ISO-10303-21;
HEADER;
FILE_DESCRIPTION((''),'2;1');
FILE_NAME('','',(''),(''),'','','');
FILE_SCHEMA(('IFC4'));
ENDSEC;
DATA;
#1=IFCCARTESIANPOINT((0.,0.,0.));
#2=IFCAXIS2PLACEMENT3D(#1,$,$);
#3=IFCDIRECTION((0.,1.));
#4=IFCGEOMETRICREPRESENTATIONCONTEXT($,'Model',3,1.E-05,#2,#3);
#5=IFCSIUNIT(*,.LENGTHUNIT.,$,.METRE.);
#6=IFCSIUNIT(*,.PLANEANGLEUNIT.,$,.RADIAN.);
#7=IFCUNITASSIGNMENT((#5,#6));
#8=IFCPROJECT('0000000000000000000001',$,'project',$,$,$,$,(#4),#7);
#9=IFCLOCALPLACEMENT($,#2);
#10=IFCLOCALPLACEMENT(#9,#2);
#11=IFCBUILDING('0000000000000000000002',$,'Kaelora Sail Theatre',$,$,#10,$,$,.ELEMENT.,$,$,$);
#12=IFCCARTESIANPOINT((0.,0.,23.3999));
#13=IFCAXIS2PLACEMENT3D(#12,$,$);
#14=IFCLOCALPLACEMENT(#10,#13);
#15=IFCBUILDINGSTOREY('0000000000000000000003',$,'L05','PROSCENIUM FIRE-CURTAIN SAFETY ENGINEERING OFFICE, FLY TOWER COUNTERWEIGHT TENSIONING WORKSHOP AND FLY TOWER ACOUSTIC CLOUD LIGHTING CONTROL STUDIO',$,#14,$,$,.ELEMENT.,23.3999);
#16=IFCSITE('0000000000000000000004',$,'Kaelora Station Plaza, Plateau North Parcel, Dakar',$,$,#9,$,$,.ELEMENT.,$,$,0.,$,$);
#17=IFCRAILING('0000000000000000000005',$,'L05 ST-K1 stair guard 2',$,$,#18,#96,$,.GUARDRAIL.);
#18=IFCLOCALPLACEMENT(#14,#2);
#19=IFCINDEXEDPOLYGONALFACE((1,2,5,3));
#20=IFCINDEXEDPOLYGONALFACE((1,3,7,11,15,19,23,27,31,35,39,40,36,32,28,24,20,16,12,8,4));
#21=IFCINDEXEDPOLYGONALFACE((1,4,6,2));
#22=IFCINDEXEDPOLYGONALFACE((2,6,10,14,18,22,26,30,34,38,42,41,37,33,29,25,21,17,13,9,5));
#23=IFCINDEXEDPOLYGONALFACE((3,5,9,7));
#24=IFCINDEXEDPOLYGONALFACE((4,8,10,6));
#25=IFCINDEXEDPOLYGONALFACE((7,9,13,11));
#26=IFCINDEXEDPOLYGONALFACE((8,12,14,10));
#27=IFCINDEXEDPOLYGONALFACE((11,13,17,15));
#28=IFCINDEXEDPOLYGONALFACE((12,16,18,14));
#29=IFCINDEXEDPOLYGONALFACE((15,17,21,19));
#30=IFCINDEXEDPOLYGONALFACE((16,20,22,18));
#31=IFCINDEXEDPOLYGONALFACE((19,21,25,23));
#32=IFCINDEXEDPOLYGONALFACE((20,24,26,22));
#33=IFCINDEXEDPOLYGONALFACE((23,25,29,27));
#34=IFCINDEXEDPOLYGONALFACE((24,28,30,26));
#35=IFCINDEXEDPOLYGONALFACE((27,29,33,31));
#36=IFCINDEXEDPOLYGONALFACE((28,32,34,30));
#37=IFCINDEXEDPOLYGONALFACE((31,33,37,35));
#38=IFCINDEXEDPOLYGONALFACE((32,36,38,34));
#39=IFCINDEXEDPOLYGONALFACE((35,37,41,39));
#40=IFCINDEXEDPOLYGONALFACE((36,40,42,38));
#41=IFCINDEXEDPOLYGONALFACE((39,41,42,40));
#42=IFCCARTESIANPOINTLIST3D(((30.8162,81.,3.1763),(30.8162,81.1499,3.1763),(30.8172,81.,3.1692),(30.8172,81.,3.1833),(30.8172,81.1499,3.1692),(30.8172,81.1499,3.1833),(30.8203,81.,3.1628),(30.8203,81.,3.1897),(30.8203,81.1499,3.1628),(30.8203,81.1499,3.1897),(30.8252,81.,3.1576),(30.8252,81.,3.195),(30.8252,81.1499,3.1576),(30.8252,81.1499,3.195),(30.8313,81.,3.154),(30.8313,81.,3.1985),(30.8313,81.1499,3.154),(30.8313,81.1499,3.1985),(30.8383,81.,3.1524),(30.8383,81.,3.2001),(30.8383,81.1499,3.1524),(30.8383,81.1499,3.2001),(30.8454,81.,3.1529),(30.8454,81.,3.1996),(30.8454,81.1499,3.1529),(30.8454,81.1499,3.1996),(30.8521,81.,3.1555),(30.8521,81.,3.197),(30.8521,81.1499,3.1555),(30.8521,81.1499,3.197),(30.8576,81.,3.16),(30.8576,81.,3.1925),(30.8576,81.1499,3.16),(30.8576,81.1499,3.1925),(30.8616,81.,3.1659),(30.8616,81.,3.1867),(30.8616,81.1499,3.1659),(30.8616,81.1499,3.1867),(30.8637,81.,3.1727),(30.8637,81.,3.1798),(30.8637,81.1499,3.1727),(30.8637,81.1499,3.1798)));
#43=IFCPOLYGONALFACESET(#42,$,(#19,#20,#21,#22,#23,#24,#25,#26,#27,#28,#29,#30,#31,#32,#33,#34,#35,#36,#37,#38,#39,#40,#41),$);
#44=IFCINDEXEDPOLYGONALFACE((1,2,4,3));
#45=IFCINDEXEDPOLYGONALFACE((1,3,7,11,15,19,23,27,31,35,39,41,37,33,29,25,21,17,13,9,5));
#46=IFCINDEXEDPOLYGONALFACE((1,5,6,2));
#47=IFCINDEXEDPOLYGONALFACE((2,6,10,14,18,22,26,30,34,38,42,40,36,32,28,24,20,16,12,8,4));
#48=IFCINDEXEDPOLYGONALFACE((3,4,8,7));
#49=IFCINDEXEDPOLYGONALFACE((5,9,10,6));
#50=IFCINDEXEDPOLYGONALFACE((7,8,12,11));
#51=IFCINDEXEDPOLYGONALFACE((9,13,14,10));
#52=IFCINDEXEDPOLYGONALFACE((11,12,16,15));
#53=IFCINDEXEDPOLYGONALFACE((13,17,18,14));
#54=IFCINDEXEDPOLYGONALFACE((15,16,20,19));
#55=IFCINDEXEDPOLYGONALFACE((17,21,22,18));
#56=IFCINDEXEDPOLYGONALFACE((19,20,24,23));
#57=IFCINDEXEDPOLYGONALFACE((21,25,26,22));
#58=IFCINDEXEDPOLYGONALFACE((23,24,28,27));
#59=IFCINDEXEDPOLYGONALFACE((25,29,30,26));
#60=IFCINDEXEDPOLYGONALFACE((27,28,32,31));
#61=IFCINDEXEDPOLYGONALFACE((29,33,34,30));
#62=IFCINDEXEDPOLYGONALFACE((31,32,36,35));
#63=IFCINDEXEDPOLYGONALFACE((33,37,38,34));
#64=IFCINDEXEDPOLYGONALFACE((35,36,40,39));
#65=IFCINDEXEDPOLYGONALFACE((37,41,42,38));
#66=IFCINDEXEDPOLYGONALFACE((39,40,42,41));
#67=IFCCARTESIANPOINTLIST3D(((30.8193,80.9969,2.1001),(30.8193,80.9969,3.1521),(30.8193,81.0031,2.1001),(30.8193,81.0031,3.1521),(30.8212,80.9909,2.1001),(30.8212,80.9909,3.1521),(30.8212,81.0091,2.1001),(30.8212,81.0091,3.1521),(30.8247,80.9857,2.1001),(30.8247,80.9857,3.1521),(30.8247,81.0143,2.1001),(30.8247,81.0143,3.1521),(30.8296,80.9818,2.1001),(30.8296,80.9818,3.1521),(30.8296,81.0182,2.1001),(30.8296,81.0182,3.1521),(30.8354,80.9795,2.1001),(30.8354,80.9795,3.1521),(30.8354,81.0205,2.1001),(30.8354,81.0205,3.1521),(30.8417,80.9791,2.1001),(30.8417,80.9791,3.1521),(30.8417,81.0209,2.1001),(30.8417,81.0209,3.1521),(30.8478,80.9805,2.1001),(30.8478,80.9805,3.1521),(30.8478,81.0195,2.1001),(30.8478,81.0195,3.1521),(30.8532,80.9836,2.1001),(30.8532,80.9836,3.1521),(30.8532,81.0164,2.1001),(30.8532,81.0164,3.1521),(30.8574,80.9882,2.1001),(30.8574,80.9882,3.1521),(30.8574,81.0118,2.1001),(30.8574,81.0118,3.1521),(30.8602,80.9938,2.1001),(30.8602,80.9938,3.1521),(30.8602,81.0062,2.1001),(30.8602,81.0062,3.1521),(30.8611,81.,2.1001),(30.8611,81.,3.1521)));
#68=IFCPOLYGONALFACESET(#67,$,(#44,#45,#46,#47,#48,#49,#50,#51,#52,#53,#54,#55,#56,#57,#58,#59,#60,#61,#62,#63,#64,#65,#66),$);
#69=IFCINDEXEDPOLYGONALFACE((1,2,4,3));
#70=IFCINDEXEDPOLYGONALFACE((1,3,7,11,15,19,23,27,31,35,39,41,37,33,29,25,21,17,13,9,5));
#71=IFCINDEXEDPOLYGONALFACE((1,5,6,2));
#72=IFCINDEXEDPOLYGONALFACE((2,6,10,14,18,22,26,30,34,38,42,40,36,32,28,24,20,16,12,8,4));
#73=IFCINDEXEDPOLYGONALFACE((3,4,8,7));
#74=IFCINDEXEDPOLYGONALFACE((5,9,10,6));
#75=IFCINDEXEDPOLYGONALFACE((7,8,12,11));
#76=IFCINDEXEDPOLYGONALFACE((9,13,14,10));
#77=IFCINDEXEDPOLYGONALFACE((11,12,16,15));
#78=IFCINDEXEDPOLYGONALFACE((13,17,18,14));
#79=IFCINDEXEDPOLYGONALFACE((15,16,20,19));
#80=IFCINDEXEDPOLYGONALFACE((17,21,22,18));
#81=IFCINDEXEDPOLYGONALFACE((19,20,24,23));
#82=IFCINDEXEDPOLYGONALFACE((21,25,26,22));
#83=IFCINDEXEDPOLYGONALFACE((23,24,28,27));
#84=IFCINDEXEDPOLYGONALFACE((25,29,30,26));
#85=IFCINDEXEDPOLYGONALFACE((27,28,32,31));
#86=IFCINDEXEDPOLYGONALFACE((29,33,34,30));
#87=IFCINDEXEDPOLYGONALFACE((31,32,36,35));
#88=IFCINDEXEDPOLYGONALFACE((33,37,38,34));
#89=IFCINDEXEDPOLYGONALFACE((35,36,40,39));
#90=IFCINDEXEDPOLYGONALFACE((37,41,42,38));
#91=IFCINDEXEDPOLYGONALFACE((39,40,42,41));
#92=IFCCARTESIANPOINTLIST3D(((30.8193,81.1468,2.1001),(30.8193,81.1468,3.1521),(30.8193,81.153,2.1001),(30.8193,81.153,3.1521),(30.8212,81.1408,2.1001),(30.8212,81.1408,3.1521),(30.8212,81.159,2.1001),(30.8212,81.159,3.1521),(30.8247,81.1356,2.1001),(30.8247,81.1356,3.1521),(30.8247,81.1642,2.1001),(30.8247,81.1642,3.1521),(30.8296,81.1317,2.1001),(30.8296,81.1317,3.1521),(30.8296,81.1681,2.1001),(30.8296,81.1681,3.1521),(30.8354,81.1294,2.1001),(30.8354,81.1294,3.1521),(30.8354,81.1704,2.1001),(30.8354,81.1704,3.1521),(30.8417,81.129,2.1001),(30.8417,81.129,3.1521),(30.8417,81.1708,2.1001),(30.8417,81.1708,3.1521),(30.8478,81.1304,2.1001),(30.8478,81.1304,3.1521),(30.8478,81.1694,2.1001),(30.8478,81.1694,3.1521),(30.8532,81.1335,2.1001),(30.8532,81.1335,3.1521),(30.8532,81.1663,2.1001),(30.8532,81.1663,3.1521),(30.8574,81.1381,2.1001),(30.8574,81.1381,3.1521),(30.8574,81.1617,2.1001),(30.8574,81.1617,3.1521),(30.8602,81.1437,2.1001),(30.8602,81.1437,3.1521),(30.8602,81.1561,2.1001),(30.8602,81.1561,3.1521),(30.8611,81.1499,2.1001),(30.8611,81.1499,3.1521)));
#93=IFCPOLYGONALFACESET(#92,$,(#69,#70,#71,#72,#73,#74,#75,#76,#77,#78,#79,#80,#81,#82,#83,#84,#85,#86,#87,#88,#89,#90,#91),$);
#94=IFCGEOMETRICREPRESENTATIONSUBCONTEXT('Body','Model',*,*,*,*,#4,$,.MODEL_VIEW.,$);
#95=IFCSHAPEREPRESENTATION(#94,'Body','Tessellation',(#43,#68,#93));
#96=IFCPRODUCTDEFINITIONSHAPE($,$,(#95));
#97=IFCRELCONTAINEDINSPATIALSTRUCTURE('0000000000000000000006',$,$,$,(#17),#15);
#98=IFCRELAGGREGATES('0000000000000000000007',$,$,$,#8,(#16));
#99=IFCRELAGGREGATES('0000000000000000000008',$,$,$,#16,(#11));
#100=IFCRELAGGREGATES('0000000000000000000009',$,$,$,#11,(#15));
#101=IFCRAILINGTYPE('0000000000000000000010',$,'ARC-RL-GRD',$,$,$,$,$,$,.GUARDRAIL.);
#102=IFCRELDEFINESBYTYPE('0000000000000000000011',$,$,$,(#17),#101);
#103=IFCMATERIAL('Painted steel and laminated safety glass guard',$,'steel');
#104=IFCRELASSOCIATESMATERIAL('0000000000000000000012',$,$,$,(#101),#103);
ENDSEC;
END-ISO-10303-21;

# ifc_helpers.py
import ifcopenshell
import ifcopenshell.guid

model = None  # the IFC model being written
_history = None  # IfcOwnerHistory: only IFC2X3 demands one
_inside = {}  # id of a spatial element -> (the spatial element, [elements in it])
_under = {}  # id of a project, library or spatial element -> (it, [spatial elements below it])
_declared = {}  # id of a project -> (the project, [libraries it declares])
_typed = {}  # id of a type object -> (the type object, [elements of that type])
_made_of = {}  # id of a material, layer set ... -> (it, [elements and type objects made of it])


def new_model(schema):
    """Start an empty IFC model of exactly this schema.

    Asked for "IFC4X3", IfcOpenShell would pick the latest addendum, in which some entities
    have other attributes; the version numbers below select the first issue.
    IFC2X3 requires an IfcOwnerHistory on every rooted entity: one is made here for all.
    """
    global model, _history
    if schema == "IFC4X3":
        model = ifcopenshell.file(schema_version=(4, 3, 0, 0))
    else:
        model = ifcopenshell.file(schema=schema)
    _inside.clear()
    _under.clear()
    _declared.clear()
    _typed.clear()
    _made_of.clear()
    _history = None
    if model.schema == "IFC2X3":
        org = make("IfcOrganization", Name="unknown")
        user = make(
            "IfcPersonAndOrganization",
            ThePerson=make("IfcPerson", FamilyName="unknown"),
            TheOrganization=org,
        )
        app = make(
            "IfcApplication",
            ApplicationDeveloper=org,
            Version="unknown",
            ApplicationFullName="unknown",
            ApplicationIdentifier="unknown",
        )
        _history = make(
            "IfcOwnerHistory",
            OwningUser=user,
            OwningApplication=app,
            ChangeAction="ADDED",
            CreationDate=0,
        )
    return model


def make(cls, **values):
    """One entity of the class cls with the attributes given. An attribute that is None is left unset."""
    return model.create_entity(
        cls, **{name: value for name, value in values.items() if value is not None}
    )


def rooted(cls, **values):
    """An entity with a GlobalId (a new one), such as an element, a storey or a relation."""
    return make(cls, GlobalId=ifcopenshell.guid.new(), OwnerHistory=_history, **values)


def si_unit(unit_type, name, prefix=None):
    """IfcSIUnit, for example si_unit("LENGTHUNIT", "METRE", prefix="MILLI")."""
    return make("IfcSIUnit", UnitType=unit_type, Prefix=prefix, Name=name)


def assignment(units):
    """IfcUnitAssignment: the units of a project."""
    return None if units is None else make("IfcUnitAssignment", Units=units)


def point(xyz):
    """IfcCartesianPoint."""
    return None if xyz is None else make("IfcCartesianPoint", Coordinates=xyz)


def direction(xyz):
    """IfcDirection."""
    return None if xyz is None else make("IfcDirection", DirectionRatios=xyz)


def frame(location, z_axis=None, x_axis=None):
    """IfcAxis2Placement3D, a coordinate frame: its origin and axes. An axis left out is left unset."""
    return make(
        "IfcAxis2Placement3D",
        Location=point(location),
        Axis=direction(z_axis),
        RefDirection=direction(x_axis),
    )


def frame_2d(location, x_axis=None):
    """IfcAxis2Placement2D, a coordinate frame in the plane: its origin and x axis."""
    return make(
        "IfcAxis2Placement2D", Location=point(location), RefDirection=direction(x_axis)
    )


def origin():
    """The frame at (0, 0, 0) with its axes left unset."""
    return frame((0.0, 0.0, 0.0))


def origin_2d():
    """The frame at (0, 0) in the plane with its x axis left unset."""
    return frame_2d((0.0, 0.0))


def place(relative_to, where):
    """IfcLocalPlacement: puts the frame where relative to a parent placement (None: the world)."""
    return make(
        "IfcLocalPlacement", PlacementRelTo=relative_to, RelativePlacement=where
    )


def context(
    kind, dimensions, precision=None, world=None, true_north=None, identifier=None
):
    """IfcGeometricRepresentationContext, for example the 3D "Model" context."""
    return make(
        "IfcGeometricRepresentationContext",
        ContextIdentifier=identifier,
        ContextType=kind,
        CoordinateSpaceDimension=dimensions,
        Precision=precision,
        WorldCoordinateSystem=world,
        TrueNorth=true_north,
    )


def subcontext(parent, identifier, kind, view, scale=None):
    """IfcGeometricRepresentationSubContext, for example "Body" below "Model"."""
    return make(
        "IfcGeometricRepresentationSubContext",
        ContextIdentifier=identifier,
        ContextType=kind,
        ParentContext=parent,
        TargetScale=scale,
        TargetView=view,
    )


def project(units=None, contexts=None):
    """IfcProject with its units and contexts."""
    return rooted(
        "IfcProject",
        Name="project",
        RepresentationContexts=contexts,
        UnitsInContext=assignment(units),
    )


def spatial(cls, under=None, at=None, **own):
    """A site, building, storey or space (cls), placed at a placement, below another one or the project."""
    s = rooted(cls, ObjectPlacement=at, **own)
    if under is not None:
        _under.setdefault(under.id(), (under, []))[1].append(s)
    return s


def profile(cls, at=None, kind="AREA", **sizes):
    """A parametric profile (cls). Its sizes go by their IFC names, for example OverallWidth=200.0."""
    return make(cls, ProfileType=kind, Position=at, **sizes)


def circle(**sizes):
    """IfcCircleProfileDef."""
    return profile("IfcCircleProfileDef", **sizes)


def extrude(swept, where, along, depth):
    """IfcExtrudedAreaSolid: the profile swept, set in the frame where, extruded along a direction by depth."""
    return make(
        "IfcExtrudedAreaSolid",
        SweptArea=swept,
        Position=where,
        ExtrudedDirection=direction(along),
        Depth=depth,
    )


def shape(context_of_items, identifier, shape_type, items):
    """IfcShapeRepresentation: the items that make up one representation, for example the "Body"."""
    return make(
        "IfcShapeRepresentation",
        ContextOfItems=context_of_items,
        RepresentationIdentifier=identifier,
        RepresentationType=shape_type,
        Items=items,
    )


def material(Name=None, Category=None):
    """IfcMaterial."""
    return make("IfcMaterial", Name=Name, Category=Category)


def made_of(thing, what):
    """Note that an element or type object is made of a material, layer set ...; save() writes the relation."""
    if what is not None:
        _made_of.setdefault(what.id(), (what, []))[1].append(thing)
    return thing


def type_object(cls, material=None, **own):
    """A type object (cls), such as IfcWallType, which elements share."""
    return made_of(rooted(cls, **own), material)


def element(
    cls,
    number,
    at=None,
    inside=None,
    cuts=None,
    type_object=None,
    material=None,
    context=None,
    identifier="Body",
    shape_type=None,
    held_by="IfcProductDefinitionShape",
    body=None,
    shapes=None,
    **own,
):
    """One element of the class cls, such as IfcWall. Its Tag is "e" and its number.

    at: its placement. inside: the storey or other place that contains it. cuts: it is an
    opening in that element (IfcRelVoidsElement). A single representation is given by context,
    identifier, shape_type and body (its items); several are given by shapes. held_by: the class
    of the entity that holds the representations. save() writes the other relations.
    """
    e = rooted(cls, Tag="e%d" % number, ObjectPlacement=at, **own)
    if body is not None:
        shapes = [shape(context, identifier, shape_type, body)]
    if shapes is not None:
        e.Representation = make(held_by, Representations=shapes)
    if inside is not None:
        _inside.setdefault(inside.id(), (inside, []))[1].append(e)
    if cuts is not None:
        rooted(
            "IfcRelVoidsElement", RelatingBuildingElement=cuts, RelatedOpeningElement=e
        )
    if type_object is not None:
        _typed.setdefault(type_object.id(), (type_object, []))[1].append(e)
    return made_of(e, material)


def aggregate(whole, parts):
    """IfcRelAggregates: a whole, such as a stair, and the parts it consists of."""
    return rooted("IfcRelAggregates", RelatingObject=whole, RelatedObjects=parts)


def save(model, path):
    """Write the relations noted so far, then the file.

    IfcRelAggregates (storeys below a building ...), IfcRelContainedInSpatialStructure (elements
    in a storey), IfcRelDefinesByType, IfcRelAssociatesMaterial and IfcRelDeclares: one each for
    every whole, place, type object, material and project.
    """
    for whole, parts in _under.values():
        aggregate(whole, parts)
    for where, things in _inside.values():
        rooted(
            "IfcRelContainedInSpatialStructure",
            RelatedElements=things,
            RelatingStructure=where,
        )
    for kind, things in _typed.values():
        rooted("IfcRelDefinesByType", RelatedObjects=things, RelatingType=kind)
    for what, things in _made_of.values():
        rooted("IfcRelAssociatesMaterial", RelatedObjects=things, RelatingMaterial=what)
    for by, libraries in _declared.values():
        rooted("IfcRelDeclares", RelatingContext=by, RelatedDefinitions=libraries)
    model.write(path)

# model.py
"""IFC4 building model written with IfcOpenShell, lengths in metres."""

from ifc_helpers import new_model, si_unit, direction, frame, origin, origin_2d, place, context, subcontext, project, spatial, circle, extrude, material, type_object, element, save


model = new_model("IFC4")

# Units and contexts
model_context = context("Model", 3, precision=1e-05, world=origin(), true_north=direction((0.0, 1.0)))
body_context = subcontext(model_context, "Body", "Model", "MODEL_VIEW")
ifc_project = project(units=[si_unit("LENGTHUNIT", "METRE"), si_unit("PLANEANGLEUNIT", "RADIAN")], contexts=[model_context])

# Site, building, storey
site_placement = place(None, origin())
site = spatial("IfcSite", under=ifc_project, at=site_placement, Name="Kaelora Station Plaza, Plateau North Parcel, Dakar", CompositionType="ELEMENT", RefElevation=0.0)
building_placement = place(site_placement, origin())
building = spatial("IfcBuilding", under=site, at=building_placement, Name="Kaelora Sail Theatre", CompositionType="ELEMENT")
storey_placement = place(building_placement, frame((0.0, 0.0, 23.3999)))
storey = spatial("IfcBuildingStorey", under=building, at=storey_placement, Name="L05", Description="PROSCENIUM FIRE-CURTAIN SAFETY ENGINEERING OFFICE, FLY TOWER COUNTERWEIGHT TENSIONING WORKSHOP AND FLY TOWER ACOUSTIC CLOUD LIGHTING CONTROL STUDIO", CompositionType="ELEMENT", Elevation=23.3999)

# Railing
ifc_material_1 = material(Name="Painted steel and laminated safety glass guard", Category="steel")
railing_type_1 = type_object("IfcRailingType", Name="ARC-RL-GRD", PredefinedType="GUARDRAIL", material=ifc_material_1)
railing_1_placement = place(storey_placement, frame((30.8401, 81.0, 2.1001)))
element("IfcRailing", 1, at=railing_1_placement, inside=storey, type_object=railing_type_1, Name="L05 ST-K1 stair guard 2", PredefinedType="GUARDRAIL", context=body_context, shape_type="SweptSolid", body=[
    extrude(circle(Radius=0.0239, at=origin_2d()), frame((0.0, 0.0, 1.0762), z_axis=(0.0, 1.0, 0.0), x_axis=(-1.0, 0.0, 0.0)), (0.0, 0.0, 1.0), 0.1499),
    extrude(circle(Radius=0.021, at=origin_2d()), origin(), (0.0, 0.0, 1.0), 1.052),
    extrude(circle(Radius=0.021, at=origin_2d()), frame((0.0, 0.1499, 0.0)), (0.0, 0.0, 1.0), 1.052),
])

save(model, "model.ifc")
